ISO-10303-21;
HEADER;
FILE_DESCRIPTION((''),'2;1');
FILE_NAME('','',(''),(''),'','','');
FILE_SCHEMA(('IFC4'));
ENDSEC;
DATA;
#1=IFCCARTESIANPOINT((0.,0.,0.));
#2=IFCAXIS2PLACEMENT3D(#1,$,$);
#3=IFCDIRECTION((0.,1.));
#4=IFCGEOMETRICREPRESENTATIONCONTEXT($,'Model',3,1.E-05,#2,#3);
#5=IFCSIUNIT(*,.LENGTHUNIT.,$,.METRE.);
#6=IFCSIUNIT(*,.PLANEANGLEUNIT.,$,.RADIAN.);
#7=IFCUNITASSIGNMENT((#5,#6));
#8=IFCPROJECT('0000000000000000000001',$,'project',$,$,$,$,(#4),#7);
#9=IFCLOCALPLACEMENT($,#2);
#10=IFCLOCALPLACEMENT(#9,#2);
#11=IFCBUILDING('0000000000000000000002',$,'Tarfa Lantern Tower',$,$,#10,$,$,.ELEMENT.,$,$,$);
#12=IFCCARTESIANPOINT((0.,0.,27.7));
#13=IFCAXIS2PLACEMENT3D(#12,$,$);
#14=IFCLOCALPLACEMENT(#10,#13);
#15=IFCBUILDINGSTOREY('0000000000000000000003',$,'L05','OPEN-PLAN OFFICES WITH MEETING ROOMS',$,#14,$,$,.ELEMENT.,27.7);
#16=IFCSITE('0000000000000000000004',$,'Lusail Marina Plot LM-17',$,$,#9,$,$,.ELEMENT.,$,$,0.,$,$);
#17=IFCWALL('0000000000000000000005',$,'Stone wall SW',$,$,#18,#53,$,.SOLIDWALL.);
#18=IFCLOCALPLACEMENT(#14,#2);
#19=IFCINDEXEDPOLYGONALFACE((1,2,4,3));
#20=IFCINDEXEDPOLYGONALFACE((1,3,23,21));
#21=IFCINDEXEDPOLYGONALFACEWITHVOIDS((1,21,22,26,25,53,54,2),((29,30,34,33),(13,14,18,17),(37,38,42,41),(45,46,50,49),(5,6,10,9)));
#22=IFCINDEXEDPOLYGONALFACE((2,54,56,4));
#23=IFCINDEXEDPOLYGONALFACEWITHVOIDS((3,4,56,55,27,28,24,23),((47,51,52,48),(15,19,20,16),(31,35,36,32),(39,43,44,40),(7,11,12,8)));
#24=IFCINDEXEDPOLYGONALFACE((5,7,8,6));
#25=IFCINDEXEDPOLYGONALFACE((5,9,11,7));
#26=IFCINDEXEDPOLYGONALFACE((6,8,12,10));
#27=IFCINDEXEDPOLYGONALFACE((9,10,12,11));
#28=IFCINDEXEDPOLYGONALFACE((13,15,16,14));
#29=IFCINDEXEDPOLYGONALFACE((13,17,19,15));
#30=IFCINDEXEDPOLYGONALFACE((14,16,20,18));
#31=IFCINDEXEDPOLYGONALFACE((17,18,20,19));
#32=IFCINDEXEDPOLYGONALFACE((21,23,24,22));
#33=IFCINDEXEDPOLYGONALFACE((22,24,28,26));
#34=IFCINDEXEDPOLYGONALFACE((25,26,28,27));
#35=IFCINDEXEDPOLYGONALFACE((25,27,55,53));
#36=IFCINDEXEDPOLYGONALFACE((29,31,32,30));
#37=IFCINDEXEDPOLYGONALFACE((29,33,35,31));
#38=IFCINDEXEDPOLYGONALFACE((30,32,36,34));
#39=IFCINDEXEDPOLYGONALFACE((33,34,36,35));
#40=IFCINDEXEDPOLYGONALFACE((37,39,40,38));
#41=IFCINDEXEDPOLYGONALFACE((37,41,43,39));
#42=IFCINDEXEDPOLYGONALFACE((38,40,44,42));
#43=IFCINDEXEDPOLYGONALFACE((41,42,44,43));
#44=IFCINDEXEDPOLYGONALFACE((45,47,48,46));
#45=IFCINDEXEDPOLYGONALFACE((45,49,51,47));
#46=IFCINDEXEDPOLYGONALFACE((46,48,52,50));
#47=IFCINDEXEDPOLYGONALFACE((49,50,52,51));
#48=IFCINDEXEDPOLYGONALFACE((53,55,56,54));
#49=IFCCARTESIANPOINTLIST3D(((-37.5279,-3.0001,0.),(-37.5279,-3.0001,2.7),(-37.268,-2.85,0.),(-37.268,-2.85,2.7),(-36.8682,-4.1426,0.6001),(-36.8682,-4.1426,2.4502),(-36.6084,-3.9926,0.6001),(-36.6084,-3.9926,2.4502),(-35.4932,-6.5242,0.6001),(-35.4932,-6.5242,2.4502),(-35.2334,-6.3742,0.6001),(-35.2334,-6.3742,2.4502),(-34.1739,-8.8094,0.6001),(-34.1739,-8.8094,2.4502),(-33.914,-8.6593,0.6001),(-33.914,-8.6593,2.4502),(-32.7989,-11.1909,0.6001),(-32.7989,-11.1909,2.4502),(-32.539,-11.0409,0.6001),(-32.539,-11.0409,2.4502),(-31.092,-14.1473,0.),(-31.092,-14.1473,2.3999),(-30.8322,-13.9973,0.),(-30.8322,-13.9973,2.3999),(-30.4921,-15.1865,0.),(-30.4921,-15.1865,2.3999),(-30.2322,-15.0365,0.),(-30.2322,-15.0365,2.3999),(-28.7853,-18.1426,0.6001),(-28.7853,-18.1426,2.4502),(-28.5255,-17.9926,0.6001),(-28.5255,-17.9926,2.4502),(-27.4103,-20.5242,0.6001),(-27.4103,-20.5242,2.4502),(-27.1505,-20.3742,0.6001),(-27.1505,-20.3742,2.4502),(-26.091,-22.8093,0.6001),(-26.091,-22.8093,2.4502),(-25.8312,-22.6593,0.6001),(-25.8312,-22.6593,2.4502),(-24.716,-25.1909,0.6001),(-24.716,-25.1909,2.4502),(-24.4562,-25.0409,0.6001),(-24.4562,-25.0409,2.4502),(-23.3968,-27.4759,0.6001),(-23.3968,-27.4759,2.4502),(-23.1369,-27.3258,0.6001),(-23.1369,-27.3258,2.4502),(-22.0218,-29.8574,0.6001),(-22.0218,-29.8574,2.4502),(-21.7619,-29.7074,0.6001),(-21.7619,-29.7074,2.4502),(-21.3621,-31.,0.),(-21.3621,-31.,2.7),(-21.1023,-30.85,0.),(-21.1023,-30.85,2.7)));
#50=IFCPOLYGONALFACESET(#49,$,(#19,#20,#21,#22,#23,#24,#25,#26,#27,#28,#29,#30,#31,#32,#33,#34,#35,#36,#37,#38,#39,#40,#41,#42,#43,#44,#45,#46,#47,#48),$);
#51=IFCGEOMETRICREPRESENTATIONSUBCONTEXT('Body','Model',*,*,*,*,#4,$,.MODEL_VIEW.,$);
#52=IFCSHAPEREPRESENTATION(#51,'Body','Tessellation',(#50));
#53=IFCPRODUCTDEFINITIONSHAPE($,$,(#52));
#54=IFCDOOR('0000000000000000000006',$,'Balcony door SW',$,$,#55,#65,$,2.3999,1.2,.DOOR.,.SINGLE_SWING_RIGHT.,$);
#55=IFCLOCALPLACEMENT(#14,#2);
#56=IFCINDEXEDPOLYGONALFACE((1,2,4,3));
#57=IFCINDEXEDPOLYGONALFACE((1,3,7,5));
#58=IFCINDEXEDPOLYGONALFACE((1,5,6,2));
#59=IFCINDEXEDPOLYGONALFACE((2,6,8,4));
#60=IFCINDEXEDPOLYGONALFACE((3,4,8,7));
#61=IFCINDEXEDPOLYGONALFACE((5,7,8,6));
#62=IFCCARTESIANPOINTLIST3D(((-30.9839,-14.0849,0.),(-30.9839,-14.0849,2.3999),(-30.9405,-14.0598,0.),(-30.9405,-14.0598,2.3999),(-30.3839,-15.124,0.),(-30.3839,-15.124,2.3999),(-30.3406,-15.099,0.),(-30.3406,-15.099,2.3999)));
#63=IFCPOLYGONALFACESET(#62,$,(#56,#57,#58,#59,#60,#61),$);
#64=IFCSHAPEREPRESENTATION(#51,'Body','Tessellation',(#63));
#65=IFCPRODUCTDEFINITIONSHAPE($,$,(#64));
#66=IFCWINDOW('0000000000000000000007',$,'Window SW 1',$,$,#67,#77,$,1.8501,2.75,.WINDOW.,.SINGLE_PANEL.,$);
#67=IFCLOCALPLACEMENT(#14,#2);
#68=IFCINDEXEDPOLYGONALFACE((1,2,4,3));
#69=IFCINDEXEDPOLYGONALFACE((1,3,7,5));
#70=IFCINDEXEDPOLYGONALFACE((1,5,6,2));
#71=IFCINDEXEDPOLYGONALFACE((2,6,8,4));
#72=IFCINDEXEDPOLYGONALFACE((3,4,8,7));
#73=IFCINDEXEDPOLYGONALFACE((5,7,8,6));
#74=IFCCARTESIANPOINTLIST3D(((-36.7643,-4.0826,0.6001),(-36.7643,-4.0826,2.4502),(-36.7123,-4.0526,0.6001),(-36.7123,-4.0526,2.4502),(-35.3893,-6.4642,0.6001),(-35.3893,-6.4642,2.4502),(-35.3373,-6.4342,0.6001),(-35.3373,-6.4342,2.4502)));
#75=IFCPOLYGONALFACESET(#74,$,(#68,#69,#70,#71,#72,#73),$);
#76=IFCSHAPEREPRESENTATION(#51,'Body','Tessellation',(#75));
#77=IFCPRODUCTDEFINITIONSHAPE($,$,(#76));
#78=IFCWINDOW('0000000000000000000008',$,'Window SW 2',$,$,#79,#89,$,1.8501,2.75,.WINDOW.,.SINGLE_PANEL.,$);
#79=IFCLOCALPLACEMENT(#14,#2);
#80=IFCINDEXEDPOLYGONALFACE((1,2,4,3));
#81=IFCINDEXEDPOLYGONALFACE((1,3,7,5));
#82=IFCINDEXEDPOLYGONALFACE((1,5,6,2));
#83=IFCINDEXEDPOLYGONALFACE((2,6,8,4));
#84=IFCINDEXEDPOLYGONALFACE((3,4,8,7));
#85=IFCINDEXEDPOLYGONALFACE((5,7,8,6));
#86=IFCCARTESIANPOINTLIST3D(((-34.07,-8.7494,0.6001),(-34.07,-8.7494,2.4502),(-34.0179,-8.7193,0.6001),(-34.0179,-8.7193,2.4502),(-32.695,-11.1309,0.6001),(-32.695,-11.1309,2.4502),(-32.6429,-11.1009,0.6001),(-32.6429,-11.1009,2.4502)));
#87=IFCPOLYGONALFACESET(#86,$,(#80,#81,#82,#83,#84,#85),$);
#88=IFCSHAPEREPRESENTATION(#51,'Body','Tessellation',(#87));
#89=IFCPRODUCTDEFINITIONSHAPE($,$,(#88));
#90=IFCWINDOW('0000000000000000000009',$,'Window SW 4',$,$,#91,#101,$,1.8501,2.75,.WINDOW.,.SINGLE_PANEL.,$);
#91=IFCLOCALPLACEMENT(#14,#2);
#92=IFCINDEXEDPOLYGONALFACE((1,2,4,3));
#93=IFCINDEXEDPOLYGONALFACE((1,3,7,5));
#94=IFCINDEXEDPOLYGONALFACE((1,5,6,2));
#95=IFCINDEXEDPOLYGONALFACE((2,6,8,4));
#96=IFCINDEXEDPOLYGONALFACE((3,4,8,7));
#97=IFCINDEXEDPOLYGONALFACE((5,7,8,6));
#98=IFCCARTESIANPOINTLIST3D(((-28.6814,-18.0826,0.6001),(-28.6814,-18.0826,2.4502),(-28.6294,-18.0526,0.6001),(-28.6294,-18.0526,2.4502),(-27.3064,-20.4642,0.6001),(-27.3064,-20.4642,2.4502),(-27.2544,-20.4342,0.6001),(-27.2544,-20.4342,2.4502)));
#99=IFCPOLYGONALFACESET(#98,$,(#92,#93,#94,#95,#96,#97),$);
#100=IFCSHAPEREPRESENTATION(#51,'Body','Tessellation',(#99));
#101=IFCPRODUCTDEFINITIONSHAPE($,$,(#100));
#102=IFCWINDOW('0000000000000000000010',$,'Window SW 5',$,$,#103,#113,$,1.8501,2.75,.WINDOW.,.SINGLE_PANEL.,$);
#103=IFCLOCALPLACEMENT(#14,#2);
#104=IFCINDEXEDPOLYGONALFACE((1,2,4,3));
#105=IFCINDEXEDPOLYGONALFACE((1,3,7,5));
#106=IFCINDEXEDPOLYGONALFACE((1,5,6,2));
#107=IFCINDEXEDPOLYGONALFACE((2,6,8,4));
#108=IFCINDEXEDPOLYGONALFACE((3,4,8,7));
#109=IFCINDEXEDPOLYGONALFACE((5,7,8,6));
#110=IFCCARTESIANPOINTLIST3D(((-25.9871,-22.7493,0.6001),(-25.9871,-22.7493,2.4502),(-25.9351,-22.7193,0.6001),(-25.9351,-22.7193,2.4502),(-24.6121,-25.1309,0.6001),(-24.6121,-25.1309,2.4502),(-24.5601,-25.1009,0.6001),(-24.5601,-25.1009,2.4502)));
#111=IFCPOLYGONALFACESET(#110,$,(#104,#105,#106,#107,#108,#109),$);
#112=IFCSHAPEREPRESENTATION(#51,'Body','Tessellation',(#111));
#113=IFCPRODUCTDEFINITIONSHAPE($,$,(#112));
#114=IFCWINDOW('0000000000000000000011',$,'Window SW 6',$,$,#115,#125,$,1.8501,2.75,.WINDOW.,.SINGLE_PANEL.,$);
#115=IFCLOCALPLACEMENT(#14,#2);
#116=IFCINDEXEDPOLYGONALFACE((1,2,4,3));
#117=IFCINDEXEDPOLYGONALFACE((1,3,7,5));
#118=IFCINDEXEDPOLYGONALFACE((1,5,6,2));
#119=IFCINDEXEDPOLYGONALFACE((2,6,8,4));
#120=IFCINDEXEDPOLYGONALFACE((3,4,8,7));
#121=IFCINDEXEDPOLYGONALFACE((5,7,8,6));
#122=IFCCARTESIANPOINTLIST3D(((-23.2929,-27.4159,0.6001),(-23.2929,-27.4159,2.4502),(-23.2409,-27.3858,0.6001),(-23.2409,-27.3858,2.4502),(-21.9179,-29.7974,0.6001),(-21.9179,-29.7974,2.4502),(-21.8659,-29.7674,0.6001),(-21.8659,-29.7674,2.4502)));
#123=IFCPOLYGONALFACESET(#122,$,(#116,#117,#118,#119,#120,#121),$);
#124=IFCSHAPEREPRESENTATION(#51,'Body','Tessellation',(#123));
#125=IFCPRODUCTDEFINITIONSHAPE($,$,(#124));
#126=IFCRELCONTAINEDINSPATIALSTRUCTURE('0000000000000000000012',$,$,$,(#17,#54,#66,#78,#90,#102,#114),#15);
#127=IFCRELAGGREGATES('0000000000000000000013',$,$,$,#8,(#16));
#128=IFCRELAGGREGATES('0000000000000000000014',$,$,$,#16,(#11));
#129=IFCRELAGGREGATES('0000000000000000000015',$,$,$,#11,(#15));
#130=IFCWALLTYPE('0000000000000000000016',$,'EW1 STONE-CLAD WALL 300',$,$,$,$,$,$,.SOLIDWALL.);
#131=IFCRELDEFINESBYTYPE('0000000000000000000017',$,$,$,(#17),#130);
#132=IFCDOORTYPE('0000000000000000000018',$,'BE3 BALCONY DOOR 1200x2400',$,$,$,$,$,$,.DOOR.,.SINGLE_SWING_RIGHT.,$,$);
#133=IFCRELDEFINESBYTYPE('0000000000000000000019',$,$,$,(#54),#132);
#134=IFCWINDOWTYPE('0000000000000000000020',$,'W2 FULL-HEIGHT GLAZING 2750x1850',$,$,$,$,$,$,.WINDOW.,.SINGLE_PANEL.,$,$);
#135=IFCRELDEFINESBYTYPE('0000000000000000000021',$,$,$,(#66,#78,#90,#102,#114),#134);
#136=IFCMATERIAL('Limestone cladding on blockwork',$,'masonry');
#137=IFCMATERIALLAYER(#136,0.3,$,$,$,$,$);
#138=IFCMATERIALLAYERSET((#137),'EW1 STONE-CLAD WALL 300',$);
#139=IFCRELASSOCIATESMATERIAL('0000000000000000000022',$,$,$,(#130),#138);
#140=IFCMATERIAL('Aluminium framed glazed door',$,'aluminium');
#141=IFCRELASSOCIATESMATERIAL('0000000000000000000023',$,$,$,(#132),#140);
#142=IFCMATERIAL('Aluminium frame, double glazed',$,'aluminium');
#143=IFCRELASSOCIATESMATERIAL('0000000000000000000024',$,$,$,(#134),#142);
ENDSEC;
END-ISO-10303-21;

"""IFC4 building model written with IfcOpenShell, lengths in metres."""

from ifc_helpers import new_model, si_unit, direction, frame, frame_2d, origin, place, context, subcontext, project, spatial, rectangle, extrude, material, layer, layer_set, type_object, element, fill, save


model = new_model("IFC4")

# Units and contexts
model_context = context("Model", 3, precision=1e-05, world=origin(), true_north=direction((0.0, 1.0)))
body_context = subcontext(model_context, "Body", "Model", "MODEL_VIEW")
ifc_project = project(units=[si_unit("LENGTHUNIT", "METRE"), si_unit("PLANEANGLEUNIT", "RADIAN")], contexts=[model_context])

# Site, building, storey
site_placement = place(None, origin())
site = spatial("IfcSite", under=ifc_project, at=site_placement, Name="Lusail Marina Plot LM-17", CompositionType="ELEMENT", RefElevation=0.0)
building_placement = place(site_placement, origin())
building = spatial("IfcBuilding", under=site, at=building_placement, Name="Tarfa Lantern Tower", CompositionType="ELEMENT")
storey_placement = place(building_placement, frame((0.0, 0.0, 27.7)))
storey = spatial("IfcBuildingStorey", under=building, at=storey_placement, Name="L05", Description="OPEN-PLAN OFFICES WITH MEETING ROOMS", CompositionType="ELEMENT", Elevation=27.7)

# Wall, openings, door, windows
ifc_material_1 = material(Name="Limestone cladding on blockwork", Category="masonry")
ifc_layer_1 = layer(ifc_material_1, 0.3)
ifc_layer_set_1 = layer_set([ifc_layer_1], Name="EW1 STONE-CLAD WALL 300")
wall_type = type_object("IfcWallType", Name="EW1 STONE-CLAD WALL 300", PredefinedType="SOLIDWALL", material=ifc_layer_set_1)
wall_placement = place(storey_placement, frame((-37.3979, -2.925, 0.0), z_axis=(0.0, 0.0, 1.0), x_axis=(0.499999, -0.866026, 0.0)))
wall = element("IfcWall", 1, at=wall_placement, inside=storey, type_object=wall_type, Name="Stone wall SW", PredefinedType="SOLIDWALL", context=body_context, shape_type="SweptSolid", body=[
    extrude(rectangle(XDim=32.3315, YDim=0.3, at=frame_2d((16.1658, 0.0))), origin(), (0.0, 0.0, 1.0), 2.7),
])
opening_1_placement = place(wall_placement, frame((1.3193, 0.0, 0.6001)))
opening_1 = element("IfcOpeningElement", 2, at=opening_1_placement, cuts=wall, PredefinedType="OPENING", context=body_context, shape_type="SweptSolid", body=[
    extrude(rectangle(XDim=2.75, YDim=1.8501, at=frame_2d((1.375, 0.925))), frame((0.0, 0.1599, 0.0), z_axis=(0.0, -1.0, 0.0), x_axis=(1.0, 0.0, 0.0)), (0.0, 0.0, 1.0), 0.3201),
])
opening_2_placement = place(wall_placement, frame((6.708, 0.0, 0.6001)))
opening_2 = element("IfcOpeningElement", 3, at=opening_2_placement, cuts=wall, PredefinedType="OPENING", context=body_context, shape_type="SweptSolid", body=[
    extrude(rectangle(XDim=2.75, YDim=1.8501, at=frame_2d((1.375, 0.925))), frame((0.0, 0.1599, 0.0), z_axis=(0.0, -1.0, 0.0), x_axis=(1.0, 0.0, 0.0)), (0.0, 0.0, 1.0), 0.3201),
])
opening_3_placement = place(wall_placement, frame((12.8716, 0.0, 0.0)))
opening_3 = element("IfcOpeningElement", 4, at=opening_3_placement, cuts=wall, PredefinedType="OPENING", context=body_context, shape_type="SweptSolid", body=[
    extrude(rectangle(XDim=1.2, YDim=2.3999, at=frame_2d((0.6001, 1.2))), frame((0.0, 0.1599, 0.0), z_axis=(0.0, -1.0, 0.0), x_axis=(1.0, 0.0, 0.0)), (0.0, 0.0, 1.0), 0.3201),
])
opening_4_placement = place(wall_placement, frame((17.4851, 0.0, 0.6001)))
opening_4 = element("IfcOpeningElement", 5, at=opening_4_placement, cuts=wall, PredefinedType="OPENING", context=body_context, shape_type="SweptSolid", body=[
    extrude(rectangle(XDim=2.75, YDim=1.8501, at=frame_2d((1.375, 0.925))), frame((0.0, 0.1599, 0.0), z_axis=(0.0, -1.0, 0.0), x_axis=(1.0, 0.0, 0.0)), (0.0, 0.0, 1.0), 0.3201),
])
opening_5_placement = place(wall_placement, frame((22.8738, 0.0, 0.6001)))
opening_5 = element("IfcOpeningElement", 6, at=opening_5_placement, cuts=wall, PredefinedType="OPENING", context=body_context, shape_type="SweptSolid", body=[
    extrude(rectangle(XDim=2.75, YDim=1.8501, at=frame_2d((1.375, 0.925))), frame((0.0, 0.1599, 0.0), z_axis=(0.0, -1.0, 0.0), x_axis=(1.0, 0.0, 0.0)), (0.0, 0.0, 1.0), 0.3201),
])
opening_6_placement = place(wall_placement, frame((28.2622, 0.0, 0.6001)))
opening_6 = element("IfcOpeningElement", 7, at=opening_6_placement, cuts=wall, PredefinedType="OPENING", context=body_context, shape_type="SweptSolid", body=[
    extrude(rectangle(XDim=2.75, YDim=1.8501, at=frame_2d((1.375, 0.925))), frame((0.0, 0.1599, 0.0), z_axis=(0.0, -1.0, 0.0), x_axis=(1.0, 0.0, 0.0)), (0.0, 0.0, 1.0), 0.3201),
])
ifc_material_2 = material(Name="Aluminium framed glazed door", Category="aluminium")
door_type = type_object("IfcDoorType", Name="BE3 BALCONY DOOR 1200x2400", OperationType="SINGLE_SWING_RIGHT", PredefinedType="DOOR", material=ifc_material_2)
door_placement = place(opening_3_placement, origin())
door = element("IfcDoor", 8, at=door_placement, inside=storey, type_object=door_type, Name="Balcony door SW", OperationType="SINGLE_SWING_RIGHT", OverallHeight=2.3999, OverallWidth=1.2, PredefinedType="DOOR", context=body_context, shape_type="SweptSolid", body=[
    extrude(rectangle(XDim=1.2, YDim=2.3999, at=frame_2d((0.6001, 1.2))), frame((0.0, 0.0249, 0.0), z_axis=(0.0, -1.0, 0.0), x_axis=(1.0, 0.0, 0.0)), (0.0, 0.0, 1.0), 0.05),
])
fill(opening_3, door)
ifc_material_3 = material(Name="Aluminium frame, double glazed", Category="aluminium")
window_type = type_object("IfcWindowType", Name="W2 FULL-HEIGHT GLAZING 2750x1850", PartitioningType="SINGLE_PANEL", PredefinedType="WINDOW", material=ifc_material_3)
window_1_placement = place(opening_1_placement, origin())
window_1 = element("IfcWindow", 9, at=window_1_placement, inside=storey, type_object=window_type, Name="Window SW 1", OverallHeight=1.8501, OverallWidth=2.75, PartitioningType="SINGLE_PANEL", PredefinedType="WINDOW", context=body_context, shape_type="SweptSolid", body=[
    extrude(rectangle(XDim=2.75, YDim=1.8501, at=frame_2d((1.375, 0.925))), frame((0.0, 0.03, 0.0), z_axis=(0.0, -1.0, 0.0), x_axis=(1.0, 0.0, 0.0)), (0.0, 0.0, 1.0), 0.0601),
])
fill(opening_1, window_1)
window_2_placement = place(opening_2_placement, origin())
window_2 = element("IfcWindow", 10, at=window_2_placement, inside=storey, type_object=window_type, Name="Window SW 2", OverallHeight=1.8501, OverallWidth=2.75, PartitioningType="SINGLE_PANEL", PredefinedType="WINDOW", context=body_context, shape_type="SweptSolid", body=[
    extrude(rectangle(XDim=2.75, YDim=1.8501, at=frame_2d((1.375, 0.925))), frame((0.0, 0.03, 0.0), z_axis=(0.0, -1.0, 0.0), x_axis=(1.0, 0.0, 0.0)), (0.0, 0.0, 1.0), 0.0601),
])
fill(opening_2, window_2)
window_3_placement = place(opening_4_placement, origin())
window_3 = element("IfcWindow", 11, at=window_3_placement, inside=storey, type_object=window_type, Name="Window SW 4", OverallHeight=1.8501, OverallWidth=2.75, PartitioningType="SINGLE_PANEL", PredefinedType="WINDOW", context=body_context, shape_type="SweptSolid", body=[
    extrude(rectangle(XDim=2.75, YDim=1.8501, at=frame_2d((1.375, 0.925))), frame((0.0, 0.03, 0.0), z_axis=(0.0, -1.0, 0.0), x_axis=(1.0, 0.0, 0.0)), (0.0, 0.0, 1.0), 0.0601),
])
fill(opening_4, window_3)
window_4_placement = place(opening_5_placement, origin())
window_4 = element("IfcWindow", 12, at=window_4_placement, inside=storey, type_object=window_type, Name="Window SW 5", OverallHeight=1.8501, OverallWidth=2.75, PartitioningType="SINGLE_PANEL", PredefinedType="WINDOW", context=body_context, shape_type="SweptSolid", body=[
    extrude(rectangle(XDim=2.75, YDim=1.8501, at=frame_2d((1.375, 0.925))), frame((0.0, 0.03, 0.0), z_axis=(0.0, -1.0, 0.0), x_axis=(1.0, 0.0, 0.0)), (0.0, 0.0, 1.0), 0.0601),
])
fill(opening_5, window_4)
window_5_placement = place(opening_6_placement, origin())
window_5 = element("IfcWindow", 13, at=window_5_placement, inside=storey, type_object=window_type, Name="Window SW 6", OverallHeight=1.8501, OverallWidth=2.75, PartitioningType="SINGLE_PANEL", PredefinedType="WINDOW", context=body_context, shape_type="SweptSolid", body=[
    extrude(rectangle(XDim=2.75, YDim=1.8501, at=frame_2d((1.375, 0.925))), frame((0.0, 0.03, 0.0), z_axis=(0.0, -1.0, 0.0), x_axis=(1.0, 0.0, 0.0)), (0.0, 0.0, 1.0), 0.0601),
])
fill(opening_6, window_5)

save(model, "model.ifc")
